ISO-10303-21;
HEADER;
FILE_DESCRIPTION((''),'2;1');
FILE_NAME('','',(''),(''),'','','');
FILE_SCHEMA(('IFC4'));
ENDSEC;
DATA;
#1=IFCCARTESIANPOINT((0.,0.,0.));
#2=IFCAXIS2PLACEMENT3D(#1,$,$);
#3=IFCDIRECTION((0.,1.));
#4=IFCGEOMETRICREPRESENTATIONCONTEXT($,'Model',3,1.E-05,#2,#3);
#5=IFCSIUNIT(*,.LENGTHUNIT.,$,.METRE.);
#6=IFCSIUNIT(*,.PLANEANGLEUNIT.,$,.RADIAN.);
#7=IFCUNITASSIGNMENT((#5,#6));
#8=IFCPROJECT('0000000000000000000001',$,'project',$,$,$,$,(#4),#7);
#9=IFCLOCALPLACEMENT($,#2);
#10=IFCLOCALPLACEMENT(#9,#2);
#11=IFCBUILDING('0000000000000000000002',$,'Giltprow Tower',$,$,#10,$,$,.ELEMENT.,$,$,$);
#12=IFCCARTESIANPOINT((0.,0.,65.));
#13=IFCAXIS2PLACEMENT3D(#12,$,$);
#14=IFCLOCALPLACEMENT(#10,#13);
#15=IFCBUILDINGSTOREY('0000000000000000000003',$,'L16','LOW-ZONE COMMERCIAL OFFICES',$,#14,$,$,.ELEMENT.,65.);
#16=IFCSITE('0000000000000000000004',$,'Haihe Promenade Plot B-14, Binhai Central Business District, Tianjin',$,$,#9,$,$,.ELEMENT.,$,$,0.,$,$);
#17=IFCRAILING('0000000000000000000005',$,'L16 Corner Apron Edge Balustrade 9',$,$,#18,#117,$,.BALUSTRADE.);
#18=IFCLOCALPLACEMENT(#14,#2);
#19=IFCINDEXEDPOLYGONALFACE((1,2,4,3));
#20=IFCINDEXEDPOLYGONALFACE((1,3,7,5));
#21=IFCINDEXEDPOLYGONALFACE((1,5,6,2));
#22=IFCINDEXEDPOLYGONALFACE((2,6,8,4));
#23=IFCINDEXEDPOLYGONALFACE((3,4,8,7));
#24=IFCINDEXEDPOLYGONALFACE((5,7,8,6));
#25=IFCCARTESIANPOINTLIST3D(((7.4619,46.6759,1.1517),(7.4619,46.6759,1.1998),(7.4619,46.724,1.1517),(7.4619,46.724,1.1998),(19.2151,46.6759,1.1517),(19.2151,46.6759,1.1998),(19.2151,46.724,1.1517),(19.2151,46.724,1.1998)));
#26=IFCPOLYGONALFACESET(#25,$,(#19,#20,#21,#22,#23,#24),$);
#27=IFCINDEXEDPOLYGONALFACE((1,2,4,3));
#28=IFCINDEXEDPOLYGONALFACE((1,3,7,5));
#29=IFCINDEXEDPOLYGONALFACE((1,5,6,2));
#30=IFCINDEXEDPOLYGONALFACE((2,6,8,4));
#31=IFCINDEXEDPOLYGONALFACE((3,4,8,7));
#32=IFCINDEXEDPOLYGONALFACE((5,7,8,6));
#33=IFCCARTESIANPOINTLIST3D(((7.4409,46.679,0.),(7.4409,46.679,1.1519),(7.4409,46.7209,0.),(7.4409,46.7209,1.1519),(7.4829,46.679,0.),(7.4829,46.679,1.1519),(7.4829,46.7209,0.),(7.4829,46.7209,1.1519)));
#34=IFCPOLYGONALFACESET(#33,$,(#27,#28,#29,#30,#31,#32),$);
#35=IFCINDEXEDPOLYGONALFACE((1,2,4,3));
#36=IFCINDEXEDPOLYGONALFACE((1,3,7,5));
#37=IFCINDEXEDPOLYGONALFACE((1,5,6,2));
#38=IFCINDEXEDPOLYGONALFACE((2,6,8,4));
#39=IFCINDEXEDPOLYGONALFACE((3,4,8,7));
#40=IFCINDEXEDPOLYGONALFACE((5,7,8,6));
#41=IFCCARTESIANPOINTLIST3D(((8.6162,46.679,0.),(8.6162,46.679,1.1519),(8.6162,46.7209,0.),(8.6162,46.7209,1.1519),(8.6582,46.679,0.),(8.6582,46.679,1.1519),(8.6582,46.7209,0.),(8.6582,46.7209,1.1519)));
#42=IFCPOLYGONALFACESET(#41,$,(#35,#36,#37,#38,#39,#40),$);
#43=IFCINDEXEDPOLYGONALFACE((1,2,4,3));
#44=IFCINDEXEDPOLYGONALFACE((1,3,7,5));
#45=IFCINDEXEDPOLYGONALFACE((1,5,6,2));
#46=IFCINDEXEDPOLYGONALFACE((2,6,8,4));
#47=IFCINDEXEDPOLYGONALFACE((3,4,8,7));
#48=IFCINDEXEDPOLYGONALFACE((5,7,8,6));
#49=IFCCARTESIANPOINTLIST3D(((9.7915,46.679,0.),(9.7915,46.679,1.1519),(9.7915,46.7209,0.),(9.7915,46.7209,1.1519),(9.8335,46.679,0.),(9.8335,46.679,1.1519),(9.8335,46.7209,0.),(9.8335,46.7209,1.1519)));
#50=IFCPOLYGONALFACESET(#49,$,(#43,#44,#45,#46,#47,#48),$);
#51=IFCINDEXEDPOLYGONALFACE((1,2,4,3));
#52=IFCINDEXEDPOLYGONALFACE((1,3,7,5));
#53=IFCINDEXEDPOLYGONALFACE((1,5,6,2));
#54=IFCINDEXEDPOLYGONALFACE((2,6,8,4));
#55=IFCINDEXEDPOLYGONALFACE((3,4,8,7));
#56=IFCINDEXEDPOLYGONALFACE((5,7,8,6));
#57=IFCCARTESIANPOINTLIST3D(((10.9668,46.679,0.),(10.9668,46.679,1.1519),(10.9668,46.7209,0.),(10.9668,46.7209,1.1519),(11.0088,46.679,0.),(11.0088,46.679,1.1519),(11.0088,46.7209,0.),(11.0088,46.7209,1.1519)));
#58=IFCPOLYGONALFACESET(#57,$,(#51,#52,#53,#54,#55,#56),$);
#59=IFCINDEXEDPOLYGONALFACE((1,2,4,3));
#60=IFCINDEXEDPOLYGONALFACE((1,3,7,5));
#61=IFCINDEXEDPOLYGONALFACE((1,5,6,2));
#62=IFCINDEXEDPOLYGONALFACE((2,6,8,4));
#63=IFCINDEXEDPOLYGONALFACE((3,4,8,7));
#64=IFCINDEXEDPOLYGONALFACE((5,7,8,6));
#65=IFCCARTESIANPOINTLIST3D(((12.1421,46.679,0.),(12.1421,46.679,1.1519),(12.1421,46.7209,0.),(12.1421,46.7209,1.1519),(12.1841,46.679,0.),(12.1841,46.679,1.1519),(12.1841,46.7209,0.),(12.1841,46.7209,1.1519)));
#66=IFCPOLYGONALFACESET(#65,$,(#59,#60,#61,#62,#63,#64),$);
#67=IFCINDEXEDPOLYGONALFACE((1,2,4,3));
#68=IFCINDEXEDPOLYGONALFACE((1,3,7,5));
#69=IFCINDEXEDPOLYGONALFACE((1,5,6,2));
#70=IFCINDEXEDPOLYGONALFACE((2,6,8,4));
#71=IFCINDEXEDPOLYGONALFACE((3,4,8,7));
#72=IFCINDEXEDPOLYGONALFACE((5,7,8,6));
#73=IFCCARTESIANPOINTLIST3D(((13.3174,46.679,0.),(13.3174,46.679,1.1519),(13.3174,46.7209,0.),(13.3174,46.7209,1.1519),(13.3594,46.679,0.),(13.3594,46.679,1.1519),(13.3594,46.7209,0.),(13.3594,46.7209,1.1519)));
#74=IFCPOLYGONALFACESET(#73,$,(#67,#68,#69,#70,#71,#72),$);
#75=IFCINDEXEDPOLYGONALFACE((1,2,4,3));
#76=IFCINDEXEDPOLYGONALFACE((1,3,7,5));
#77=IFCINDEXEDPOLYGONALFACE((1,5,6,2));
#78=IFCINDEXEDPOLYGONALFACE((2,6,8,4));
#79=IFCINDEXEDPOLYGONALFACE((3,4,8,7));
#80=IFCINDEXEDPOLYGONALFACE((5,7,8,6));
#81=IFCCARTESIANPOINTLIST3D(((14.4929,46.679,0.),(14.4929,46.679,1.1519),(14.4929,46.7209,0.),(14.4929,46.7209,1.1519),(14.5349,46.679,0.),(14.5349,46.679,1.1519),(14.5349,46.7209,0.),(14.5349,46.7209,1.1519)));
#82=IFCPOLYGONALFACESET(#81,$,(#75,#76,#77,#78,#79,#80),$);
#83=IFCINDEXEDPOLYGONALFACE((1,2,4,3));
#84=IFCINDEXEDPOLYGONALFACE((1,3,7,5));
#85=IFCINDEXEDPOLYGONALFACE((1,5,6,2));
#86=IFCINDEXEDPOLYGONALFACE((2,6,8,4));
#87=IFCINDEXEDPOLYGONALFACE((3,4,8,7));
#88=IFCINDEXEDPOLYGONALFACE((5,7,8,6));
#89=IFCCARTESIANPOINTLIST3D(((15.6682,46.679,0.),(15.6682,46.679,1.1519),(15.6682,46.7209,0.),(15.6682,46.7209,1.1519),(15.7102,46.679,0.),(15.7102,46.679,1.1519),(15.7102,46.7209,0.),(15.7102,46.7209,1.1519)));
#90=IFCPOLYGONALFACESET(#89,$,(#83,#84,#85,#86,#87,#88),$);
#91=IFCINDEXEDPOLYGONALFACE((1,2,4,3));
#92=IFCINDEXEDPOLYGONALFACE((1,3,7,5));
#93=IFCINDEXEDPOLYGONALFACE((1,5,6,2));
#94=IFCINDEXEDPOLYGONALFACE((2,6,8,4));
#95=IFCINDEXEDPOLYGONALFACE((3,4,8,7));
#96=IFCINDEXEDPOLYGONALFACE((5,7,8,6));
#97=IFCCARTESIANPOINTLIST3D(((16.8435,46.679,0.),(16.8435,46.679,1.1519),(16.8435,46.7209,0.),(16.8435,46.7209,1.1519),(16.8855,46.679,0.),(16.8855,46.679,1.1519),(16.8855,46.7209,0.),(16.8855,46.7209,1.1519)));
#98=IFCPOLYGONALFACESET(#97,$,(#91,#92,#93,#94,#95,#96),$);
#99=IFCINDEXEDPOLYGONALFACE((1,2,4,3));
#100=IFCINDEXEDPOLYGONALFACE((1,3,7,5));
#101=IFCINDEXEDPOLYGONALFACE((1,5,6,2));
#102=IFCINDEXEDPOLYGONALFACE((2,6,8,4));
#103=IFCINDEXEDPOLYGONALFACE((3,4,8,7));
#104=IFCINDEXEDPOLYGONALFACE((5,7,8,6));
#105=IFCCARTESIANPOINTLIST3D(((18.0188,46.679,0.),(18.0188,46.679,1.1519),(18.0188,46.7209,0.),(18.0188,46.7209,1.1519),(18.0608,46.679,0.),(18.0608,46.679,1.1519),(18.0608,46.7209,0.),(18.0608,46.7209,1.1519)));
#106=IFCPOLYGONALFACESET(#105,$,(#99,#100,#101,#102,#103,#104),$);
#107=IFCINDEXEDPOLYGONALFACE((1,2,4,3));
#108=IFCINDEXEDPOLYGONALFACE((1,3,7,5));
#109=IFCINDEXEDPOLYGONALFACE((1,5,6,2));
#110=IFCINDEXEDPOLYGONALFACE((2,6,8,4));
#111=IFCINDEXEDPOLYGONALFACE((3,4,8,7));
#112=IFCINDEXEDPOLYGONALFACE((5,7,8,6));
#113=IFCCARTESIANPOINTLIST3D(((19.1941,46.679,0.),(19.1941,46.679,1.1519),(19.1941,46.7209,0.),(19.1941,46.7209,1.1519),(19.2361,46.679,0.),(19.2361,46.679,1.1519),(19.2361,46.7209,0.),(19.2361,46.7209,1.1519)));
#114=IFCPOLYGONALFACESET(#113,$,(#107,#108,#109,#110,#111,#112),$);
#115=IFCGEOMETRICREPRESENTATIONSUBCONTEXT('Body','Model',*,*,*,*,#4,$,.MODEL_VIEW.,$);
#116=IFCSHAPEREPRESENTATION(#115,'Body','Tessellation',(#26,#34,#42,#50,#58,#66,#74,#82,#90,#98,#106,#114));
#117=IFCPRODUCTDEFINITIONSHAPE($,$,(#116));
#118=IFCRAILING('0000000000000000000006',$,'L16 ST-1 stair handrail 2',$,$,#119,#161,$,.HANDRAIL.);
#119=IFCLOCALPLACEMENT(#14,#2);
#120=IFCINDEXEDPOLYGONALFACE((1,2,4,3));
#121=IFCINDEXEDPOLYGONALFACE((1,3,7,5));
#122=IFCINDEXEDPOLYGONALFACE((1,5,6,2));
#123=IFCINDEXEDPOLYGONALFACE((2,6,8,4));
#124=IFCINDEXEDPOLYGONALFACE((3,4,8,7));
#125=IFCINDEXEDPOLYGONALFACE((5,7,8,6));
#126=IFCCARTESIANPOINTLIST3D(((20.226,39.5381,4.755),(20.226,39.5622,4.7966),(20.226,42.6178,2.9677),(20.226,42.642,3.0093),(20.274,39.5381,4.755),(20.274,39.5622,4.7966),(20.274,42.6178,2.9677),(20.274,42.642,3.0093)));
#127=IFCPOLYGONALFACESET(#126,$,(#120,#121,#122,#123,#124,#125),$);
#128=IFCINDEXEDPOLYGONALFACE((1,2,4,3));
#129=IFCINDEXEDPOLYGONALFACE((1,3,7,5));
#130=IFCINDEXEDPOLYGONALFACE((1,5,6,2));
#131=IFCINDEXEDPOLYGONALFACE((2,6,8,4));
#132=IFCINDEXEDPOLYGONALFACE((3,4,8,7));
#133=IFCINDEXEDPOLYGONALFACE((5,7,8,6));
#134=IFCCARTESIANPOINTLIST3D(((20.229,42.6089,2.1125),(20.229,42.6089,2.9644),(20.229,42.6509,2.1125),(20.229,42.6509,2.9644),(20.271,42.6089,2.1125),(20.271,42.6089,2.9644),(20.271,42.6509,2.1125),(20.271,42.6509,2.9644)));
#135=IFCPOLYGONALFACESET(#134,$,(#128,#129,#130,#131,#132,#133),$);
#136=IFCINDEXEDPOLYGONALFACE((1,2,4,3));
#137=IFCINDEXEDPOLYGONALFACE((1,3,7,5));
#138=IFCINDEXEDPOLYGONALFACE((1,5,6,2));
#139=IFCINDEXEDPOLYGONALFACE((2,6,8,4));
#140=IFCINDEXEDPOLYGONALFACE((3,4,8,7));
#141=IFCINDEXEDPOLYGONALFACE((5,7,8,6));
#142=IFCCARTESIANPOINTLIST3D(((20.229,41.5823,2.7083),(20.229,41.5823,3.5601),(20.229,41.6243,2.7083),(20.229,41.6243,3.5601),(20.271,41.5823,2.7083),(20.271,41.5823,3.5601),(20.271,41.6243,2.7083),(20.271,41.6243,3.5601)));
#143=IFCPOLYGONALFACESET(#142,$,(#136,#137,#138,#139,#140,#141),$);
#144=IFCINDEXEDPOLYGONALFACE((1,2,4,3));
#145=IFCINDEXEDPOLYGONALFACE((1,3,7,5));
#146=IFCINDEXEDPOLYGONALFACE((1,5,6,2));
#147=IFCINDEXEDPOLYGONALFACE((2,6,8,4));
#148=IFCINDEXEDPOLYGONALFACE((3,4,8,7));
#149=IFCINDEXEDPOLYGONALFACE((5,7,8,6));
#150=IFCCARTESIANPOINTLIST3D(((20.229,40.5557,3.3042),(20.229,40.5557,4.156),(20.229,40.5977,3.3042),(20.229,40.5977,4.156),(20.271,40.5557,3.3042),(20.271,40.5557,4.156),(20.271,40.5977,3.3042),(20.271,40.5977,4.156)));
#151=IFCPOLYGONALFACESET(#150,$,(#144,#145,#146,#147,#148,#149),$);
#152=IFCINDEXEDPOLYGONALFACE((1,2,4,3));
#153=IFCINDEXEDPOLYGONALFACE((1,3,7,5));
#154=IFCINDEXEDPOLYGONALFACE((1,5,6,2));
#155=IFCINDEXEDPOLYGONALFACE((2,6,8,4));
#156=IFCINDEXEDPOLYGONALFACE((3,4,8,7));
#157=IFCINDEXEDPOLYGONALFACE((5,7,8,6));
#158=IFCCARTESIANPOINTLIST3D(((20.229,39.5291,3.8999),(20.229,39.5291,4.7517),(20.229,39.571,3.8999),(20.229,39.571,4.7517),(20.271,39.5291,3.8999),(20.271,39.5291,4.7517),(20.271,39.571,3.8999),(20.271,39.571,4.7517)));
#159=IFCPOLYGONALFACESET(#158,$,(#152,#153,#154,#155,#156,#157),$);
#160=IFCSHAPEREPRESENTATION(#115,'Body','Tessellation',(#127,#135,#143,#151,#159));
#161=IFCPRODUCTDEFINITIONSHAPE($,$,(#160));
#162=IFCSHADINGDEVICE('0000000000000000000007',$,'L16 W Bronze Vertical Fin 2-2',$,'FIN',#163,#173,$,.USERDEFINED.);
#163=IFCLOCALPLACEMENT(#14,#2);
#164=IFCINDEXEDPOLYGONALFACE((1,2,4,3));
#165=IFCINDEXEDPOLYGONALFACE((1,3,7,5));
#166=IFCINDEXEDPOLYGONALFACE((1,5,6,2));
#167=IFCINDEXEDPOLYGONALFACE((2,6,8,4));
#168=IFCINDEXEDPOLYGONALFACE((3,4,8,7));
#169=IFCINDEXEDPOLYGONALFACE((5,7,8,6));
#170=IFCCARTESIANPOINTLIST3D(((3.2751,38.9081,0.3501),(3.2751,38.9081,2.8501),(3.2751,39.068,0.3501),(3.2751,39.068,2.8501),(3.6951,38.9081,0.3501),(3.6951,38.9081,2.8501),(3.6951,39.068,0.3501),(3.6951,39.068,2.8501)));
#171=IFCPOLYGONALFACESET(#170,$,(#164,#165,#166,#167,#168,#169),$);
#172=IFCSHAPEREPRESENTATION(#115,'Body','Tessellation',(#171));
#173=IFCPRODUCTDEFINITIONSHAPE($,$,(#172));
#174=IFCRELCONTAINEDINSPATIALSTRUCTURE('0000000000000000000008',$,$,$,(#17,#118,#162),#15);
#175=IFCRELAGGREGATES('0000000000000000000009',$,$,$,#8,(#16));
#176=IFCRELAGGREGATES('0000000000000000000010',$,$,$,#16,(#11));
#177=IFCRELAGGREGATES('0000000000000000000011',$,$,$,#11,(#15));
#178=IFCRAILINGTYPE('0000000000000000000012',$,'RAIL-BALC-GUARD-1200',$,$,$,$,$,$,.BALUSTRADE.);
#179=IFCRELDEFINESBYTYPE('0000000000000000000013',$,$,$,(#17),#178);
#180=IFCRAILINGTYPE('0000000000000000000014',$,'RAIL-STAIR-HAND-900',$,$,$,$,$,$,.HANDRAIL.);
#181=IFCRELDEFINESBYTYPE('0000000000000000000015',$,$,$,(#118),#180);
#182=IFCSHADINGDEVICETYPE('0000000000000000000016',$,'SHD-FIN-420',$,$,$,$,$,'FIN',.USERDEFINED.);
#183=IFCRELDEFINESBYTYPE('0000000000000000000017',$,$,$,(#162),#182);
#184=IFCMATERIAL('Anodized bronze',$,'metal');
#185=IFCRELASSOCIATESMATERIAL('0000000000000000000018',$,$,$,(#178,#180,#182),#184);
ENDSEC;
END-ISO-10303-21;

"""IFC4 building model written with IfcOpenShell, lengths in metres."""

from ifc_helpers import new_model, si_unit, direction, frame, origin, origin_2d, place, context, subcontext, project, spatial, rectangle, extrude, source, transform, mapped, material, type_object, element, save


model = new_model("IFC4")

# Units and contexts
model_context = context("Model", 3, precision=1e-05, world=origin(), true_north=direction((0.0, 1.0)))
body_context = subcontext(model_context, "Body", "Model", "MODEL_VIEW")
ifc_project = project(units=[si_unit("LENGTHUNIT", "METRE"), si_unit("PLANEANGLEUNIT", "RADIAN")], contexts=[model_context])

# Site, building, storey
site_placement = place(None, origin())
site = spatial("IfcSite", under=ifc_project, at=site_placement, Name="Haihe Promenade Plot B-14, Binhai Central Business District, Tianjin", CompositionType="ELEMENT", RefElevation=0.0)
building_placement = place(site_placement, origin())
building = spatial("IfcBuilding", under=site, at=building_placement, Name="Giltprow Tower", CompositionType="ELEMENT")
storey_placement = place(building_placement, frame((0.0, 0.0, 65.0)))
storey = spatial("IfcBuildingStorey", under=building, at=storey_placement, Name="L16", Description="LOW-ZONE COMMERCIAL OFFICES", CompositionType="ELEMENT", Elevation=65.0)

# Railings
ifc_material_1 = material(Name="Anodized bronze", Category="metal")
railing_type_1 = type_object("IfcRailingType", Name="RAIL-BALC-GUARD-1200", PredefinedType="BALUSTRADE", material=ifc_material_1)
railing_1_placement = place(storey_placement, frame((7.4619, 46.7, 0.0)))
element("IfcRailing", 1, at=railing_1_placement, inside=storey, type_object=railing_type_1, Name="L16 Corner Apron Edge Balustrade 9", PredefinedType="BALUSTRADE", context=body_context, shape_type="SweptSolid", body=[
    extrude(rectangle(XDim=0.0481, YDim=0.0481, at=origin_2d()), frame((0.0, 0.0, 1.1758), z_axis=(1.0, 0.0, 0.0), x_axis=(0.0, 1.0, 0.0)), (0.0, 0.0, 1.0), 11.7532),
    extrude(rectangle(XDim=0.042, YDim=0.042, at=origin_2d()), origin(), (0.0, 0.0, 1.0), 1.1519),
    extrude(rectangle(XDim=0.042, YDim=0.042, at=origin_2d()), frame((1.1753, 0.0, 0.0)), (0.0, 0.0, 1.0), 1.1519),
    extrude(rectangle(XDim=0.042, YDim=0.042, at=origin_2d()), frame((2.3506, 0.0, 0.0)), (0.0, 0.0, 1.0), 1.1519),
    extrude(rectangle(XDim=0.042, YDim=0.042, at=origin_2d()), frame((3.5259, 0.0, 0.0)), (0.0, 0.0, 1.0), 1.1519),
    extrude(rectangle(XDim=0.042, YDim=0.042, at=origin_2d()), frame((4.7012, 0.0, 0.0)), (0.0, 0.0, 1.0), 1.1519),
    extrude(rectangle(XDim=0.042, YDim=0.042, at=origin_2d()), frame((5.8765, 0.0, 0.0)), (0.0, 0.0, 1.0), 1.1519),
    extrude(rectangle(XDim=0.042, YDim=0.042, at=origin_2d()), frame((7.052, 0.0, 0.0)), (0.0, 0.0, 1.0), 1.1519),
    extrude(rectangle(XDim=0.042, YDim=0.042, at=origin_2d()), frame((8.2273, 0.0, 0.0)), (0.0, 0.0, 1.0), 1.1519),
    extrude(rectangle(XDim=0.042, YDim=0.042, at=origin_2d()), frame((9.4026, 0.0, 0.0)), (0.0, 0.0, 1.0), 1.1519),
    extrude(rectangle(XDim=0.042, YDim=0.042, at=origin_2d()), frame((10.5779, 0.0, 0.0)), (0.0, 0.0, 1.0), 1.1519),
    extrude(rectangle(XDim=0.042, YDim=0.042, at=origin_2d()), frame((11.7532, 0.0, 0.0)), (0.0, 0.0, 1.0), 1.1519),
])
railing_type_2 = type_object("IfcRailingType", Name="RAIL-STAIR-HAND-900", PredefinedType="HANDRAIL", material=ifc_material_1)
railing_2_placement = place(storey_placement, frame((20.25, 42.6299, 2.1125)))
element("IfcRailing", 2, at=railing_2_placement, inside=storey, type_object=railing_type_2, Name="L16 ST-1 stair handrail 2", PredefinedType="HANDRAIL", context=body_context, shape_type="SweptSolid", body=[
    extrude(rectangle(XDim=0.0481, YDim=0.0481, at=origin_2d()), frame((0.0, 0.0, 0.876), z_axis=(0.0, -0.864903, 0.501939), x_axis=(1.0, 0.0, 0.0)), (0.0, 0.0, 1.0), 3.5608),
    extrude(rectangle(XDim=0.042, YDim=0.042, at=origin_2d()), origin(), (0.0, 0.0, 1.0), 0.8518),
    extrude(rectangle(XDim=0.042, YDim=0.042, at=origin_2d()), frame((0.0, -1.0266, 0.5957)), (0.0, 0.0, 1.0), 0.8518),
    extrude(rectangle(XDim=0.042, YDim=0.042, at=origin_2d()), frame((0.0, -2.0532, 1.1917)), (0.0, 0.0, 1.0), 0.8518),
    extrude(rectangle(XDim=0.042, YDim=0.042, at=origin_2d()), frame((0.0, -3.0798, 1.7874)), (0.0, 0.0, 1.0), 0.8518),
])

# Shading device
shading_device_type = type_object("IfcShadingDeviceType", Name="SHD-FIN-420", ElementType="FIN", PredefinedType="USERDEFINED", material=ifc_material_1)
shared_shape_1 = source(origin(), body_context, "Body", "SweptSolid", [
    extrude(rectangle(XDim=0.4199, YDim=0.1599, at=origin_2d()), origin(), (0.0, 0.0, 1.0), 2.5),
])
shading_device_placement = place(storey_placement, frame((3.4851, 38.988, 0.3501), z_axis=(0.0, 0.0, 1.0), x_axis=(1.0, 0.0, 0.0)))
element("IfcShadingDevice", 3, at=shading_device_placement, inside=storey, type_object=shading_device_type, Name="L16 W Bronze Vertical Fin 2-2", ObjectType="FIN", PredefinedType="USERDEFINED", context=body_context, shape_type="MappedRepresentation", body=[
    mapped(shared_shape_1, transform((0.0, 0.0, 0.0), x_axis=(1.0, 0.0, 0.0), y_axis=(0.0, 1.0, 0.0), z_axis=(0.0, 0.0, 1.0), scale=1.0)),
])

save(model, "model.ifc")
